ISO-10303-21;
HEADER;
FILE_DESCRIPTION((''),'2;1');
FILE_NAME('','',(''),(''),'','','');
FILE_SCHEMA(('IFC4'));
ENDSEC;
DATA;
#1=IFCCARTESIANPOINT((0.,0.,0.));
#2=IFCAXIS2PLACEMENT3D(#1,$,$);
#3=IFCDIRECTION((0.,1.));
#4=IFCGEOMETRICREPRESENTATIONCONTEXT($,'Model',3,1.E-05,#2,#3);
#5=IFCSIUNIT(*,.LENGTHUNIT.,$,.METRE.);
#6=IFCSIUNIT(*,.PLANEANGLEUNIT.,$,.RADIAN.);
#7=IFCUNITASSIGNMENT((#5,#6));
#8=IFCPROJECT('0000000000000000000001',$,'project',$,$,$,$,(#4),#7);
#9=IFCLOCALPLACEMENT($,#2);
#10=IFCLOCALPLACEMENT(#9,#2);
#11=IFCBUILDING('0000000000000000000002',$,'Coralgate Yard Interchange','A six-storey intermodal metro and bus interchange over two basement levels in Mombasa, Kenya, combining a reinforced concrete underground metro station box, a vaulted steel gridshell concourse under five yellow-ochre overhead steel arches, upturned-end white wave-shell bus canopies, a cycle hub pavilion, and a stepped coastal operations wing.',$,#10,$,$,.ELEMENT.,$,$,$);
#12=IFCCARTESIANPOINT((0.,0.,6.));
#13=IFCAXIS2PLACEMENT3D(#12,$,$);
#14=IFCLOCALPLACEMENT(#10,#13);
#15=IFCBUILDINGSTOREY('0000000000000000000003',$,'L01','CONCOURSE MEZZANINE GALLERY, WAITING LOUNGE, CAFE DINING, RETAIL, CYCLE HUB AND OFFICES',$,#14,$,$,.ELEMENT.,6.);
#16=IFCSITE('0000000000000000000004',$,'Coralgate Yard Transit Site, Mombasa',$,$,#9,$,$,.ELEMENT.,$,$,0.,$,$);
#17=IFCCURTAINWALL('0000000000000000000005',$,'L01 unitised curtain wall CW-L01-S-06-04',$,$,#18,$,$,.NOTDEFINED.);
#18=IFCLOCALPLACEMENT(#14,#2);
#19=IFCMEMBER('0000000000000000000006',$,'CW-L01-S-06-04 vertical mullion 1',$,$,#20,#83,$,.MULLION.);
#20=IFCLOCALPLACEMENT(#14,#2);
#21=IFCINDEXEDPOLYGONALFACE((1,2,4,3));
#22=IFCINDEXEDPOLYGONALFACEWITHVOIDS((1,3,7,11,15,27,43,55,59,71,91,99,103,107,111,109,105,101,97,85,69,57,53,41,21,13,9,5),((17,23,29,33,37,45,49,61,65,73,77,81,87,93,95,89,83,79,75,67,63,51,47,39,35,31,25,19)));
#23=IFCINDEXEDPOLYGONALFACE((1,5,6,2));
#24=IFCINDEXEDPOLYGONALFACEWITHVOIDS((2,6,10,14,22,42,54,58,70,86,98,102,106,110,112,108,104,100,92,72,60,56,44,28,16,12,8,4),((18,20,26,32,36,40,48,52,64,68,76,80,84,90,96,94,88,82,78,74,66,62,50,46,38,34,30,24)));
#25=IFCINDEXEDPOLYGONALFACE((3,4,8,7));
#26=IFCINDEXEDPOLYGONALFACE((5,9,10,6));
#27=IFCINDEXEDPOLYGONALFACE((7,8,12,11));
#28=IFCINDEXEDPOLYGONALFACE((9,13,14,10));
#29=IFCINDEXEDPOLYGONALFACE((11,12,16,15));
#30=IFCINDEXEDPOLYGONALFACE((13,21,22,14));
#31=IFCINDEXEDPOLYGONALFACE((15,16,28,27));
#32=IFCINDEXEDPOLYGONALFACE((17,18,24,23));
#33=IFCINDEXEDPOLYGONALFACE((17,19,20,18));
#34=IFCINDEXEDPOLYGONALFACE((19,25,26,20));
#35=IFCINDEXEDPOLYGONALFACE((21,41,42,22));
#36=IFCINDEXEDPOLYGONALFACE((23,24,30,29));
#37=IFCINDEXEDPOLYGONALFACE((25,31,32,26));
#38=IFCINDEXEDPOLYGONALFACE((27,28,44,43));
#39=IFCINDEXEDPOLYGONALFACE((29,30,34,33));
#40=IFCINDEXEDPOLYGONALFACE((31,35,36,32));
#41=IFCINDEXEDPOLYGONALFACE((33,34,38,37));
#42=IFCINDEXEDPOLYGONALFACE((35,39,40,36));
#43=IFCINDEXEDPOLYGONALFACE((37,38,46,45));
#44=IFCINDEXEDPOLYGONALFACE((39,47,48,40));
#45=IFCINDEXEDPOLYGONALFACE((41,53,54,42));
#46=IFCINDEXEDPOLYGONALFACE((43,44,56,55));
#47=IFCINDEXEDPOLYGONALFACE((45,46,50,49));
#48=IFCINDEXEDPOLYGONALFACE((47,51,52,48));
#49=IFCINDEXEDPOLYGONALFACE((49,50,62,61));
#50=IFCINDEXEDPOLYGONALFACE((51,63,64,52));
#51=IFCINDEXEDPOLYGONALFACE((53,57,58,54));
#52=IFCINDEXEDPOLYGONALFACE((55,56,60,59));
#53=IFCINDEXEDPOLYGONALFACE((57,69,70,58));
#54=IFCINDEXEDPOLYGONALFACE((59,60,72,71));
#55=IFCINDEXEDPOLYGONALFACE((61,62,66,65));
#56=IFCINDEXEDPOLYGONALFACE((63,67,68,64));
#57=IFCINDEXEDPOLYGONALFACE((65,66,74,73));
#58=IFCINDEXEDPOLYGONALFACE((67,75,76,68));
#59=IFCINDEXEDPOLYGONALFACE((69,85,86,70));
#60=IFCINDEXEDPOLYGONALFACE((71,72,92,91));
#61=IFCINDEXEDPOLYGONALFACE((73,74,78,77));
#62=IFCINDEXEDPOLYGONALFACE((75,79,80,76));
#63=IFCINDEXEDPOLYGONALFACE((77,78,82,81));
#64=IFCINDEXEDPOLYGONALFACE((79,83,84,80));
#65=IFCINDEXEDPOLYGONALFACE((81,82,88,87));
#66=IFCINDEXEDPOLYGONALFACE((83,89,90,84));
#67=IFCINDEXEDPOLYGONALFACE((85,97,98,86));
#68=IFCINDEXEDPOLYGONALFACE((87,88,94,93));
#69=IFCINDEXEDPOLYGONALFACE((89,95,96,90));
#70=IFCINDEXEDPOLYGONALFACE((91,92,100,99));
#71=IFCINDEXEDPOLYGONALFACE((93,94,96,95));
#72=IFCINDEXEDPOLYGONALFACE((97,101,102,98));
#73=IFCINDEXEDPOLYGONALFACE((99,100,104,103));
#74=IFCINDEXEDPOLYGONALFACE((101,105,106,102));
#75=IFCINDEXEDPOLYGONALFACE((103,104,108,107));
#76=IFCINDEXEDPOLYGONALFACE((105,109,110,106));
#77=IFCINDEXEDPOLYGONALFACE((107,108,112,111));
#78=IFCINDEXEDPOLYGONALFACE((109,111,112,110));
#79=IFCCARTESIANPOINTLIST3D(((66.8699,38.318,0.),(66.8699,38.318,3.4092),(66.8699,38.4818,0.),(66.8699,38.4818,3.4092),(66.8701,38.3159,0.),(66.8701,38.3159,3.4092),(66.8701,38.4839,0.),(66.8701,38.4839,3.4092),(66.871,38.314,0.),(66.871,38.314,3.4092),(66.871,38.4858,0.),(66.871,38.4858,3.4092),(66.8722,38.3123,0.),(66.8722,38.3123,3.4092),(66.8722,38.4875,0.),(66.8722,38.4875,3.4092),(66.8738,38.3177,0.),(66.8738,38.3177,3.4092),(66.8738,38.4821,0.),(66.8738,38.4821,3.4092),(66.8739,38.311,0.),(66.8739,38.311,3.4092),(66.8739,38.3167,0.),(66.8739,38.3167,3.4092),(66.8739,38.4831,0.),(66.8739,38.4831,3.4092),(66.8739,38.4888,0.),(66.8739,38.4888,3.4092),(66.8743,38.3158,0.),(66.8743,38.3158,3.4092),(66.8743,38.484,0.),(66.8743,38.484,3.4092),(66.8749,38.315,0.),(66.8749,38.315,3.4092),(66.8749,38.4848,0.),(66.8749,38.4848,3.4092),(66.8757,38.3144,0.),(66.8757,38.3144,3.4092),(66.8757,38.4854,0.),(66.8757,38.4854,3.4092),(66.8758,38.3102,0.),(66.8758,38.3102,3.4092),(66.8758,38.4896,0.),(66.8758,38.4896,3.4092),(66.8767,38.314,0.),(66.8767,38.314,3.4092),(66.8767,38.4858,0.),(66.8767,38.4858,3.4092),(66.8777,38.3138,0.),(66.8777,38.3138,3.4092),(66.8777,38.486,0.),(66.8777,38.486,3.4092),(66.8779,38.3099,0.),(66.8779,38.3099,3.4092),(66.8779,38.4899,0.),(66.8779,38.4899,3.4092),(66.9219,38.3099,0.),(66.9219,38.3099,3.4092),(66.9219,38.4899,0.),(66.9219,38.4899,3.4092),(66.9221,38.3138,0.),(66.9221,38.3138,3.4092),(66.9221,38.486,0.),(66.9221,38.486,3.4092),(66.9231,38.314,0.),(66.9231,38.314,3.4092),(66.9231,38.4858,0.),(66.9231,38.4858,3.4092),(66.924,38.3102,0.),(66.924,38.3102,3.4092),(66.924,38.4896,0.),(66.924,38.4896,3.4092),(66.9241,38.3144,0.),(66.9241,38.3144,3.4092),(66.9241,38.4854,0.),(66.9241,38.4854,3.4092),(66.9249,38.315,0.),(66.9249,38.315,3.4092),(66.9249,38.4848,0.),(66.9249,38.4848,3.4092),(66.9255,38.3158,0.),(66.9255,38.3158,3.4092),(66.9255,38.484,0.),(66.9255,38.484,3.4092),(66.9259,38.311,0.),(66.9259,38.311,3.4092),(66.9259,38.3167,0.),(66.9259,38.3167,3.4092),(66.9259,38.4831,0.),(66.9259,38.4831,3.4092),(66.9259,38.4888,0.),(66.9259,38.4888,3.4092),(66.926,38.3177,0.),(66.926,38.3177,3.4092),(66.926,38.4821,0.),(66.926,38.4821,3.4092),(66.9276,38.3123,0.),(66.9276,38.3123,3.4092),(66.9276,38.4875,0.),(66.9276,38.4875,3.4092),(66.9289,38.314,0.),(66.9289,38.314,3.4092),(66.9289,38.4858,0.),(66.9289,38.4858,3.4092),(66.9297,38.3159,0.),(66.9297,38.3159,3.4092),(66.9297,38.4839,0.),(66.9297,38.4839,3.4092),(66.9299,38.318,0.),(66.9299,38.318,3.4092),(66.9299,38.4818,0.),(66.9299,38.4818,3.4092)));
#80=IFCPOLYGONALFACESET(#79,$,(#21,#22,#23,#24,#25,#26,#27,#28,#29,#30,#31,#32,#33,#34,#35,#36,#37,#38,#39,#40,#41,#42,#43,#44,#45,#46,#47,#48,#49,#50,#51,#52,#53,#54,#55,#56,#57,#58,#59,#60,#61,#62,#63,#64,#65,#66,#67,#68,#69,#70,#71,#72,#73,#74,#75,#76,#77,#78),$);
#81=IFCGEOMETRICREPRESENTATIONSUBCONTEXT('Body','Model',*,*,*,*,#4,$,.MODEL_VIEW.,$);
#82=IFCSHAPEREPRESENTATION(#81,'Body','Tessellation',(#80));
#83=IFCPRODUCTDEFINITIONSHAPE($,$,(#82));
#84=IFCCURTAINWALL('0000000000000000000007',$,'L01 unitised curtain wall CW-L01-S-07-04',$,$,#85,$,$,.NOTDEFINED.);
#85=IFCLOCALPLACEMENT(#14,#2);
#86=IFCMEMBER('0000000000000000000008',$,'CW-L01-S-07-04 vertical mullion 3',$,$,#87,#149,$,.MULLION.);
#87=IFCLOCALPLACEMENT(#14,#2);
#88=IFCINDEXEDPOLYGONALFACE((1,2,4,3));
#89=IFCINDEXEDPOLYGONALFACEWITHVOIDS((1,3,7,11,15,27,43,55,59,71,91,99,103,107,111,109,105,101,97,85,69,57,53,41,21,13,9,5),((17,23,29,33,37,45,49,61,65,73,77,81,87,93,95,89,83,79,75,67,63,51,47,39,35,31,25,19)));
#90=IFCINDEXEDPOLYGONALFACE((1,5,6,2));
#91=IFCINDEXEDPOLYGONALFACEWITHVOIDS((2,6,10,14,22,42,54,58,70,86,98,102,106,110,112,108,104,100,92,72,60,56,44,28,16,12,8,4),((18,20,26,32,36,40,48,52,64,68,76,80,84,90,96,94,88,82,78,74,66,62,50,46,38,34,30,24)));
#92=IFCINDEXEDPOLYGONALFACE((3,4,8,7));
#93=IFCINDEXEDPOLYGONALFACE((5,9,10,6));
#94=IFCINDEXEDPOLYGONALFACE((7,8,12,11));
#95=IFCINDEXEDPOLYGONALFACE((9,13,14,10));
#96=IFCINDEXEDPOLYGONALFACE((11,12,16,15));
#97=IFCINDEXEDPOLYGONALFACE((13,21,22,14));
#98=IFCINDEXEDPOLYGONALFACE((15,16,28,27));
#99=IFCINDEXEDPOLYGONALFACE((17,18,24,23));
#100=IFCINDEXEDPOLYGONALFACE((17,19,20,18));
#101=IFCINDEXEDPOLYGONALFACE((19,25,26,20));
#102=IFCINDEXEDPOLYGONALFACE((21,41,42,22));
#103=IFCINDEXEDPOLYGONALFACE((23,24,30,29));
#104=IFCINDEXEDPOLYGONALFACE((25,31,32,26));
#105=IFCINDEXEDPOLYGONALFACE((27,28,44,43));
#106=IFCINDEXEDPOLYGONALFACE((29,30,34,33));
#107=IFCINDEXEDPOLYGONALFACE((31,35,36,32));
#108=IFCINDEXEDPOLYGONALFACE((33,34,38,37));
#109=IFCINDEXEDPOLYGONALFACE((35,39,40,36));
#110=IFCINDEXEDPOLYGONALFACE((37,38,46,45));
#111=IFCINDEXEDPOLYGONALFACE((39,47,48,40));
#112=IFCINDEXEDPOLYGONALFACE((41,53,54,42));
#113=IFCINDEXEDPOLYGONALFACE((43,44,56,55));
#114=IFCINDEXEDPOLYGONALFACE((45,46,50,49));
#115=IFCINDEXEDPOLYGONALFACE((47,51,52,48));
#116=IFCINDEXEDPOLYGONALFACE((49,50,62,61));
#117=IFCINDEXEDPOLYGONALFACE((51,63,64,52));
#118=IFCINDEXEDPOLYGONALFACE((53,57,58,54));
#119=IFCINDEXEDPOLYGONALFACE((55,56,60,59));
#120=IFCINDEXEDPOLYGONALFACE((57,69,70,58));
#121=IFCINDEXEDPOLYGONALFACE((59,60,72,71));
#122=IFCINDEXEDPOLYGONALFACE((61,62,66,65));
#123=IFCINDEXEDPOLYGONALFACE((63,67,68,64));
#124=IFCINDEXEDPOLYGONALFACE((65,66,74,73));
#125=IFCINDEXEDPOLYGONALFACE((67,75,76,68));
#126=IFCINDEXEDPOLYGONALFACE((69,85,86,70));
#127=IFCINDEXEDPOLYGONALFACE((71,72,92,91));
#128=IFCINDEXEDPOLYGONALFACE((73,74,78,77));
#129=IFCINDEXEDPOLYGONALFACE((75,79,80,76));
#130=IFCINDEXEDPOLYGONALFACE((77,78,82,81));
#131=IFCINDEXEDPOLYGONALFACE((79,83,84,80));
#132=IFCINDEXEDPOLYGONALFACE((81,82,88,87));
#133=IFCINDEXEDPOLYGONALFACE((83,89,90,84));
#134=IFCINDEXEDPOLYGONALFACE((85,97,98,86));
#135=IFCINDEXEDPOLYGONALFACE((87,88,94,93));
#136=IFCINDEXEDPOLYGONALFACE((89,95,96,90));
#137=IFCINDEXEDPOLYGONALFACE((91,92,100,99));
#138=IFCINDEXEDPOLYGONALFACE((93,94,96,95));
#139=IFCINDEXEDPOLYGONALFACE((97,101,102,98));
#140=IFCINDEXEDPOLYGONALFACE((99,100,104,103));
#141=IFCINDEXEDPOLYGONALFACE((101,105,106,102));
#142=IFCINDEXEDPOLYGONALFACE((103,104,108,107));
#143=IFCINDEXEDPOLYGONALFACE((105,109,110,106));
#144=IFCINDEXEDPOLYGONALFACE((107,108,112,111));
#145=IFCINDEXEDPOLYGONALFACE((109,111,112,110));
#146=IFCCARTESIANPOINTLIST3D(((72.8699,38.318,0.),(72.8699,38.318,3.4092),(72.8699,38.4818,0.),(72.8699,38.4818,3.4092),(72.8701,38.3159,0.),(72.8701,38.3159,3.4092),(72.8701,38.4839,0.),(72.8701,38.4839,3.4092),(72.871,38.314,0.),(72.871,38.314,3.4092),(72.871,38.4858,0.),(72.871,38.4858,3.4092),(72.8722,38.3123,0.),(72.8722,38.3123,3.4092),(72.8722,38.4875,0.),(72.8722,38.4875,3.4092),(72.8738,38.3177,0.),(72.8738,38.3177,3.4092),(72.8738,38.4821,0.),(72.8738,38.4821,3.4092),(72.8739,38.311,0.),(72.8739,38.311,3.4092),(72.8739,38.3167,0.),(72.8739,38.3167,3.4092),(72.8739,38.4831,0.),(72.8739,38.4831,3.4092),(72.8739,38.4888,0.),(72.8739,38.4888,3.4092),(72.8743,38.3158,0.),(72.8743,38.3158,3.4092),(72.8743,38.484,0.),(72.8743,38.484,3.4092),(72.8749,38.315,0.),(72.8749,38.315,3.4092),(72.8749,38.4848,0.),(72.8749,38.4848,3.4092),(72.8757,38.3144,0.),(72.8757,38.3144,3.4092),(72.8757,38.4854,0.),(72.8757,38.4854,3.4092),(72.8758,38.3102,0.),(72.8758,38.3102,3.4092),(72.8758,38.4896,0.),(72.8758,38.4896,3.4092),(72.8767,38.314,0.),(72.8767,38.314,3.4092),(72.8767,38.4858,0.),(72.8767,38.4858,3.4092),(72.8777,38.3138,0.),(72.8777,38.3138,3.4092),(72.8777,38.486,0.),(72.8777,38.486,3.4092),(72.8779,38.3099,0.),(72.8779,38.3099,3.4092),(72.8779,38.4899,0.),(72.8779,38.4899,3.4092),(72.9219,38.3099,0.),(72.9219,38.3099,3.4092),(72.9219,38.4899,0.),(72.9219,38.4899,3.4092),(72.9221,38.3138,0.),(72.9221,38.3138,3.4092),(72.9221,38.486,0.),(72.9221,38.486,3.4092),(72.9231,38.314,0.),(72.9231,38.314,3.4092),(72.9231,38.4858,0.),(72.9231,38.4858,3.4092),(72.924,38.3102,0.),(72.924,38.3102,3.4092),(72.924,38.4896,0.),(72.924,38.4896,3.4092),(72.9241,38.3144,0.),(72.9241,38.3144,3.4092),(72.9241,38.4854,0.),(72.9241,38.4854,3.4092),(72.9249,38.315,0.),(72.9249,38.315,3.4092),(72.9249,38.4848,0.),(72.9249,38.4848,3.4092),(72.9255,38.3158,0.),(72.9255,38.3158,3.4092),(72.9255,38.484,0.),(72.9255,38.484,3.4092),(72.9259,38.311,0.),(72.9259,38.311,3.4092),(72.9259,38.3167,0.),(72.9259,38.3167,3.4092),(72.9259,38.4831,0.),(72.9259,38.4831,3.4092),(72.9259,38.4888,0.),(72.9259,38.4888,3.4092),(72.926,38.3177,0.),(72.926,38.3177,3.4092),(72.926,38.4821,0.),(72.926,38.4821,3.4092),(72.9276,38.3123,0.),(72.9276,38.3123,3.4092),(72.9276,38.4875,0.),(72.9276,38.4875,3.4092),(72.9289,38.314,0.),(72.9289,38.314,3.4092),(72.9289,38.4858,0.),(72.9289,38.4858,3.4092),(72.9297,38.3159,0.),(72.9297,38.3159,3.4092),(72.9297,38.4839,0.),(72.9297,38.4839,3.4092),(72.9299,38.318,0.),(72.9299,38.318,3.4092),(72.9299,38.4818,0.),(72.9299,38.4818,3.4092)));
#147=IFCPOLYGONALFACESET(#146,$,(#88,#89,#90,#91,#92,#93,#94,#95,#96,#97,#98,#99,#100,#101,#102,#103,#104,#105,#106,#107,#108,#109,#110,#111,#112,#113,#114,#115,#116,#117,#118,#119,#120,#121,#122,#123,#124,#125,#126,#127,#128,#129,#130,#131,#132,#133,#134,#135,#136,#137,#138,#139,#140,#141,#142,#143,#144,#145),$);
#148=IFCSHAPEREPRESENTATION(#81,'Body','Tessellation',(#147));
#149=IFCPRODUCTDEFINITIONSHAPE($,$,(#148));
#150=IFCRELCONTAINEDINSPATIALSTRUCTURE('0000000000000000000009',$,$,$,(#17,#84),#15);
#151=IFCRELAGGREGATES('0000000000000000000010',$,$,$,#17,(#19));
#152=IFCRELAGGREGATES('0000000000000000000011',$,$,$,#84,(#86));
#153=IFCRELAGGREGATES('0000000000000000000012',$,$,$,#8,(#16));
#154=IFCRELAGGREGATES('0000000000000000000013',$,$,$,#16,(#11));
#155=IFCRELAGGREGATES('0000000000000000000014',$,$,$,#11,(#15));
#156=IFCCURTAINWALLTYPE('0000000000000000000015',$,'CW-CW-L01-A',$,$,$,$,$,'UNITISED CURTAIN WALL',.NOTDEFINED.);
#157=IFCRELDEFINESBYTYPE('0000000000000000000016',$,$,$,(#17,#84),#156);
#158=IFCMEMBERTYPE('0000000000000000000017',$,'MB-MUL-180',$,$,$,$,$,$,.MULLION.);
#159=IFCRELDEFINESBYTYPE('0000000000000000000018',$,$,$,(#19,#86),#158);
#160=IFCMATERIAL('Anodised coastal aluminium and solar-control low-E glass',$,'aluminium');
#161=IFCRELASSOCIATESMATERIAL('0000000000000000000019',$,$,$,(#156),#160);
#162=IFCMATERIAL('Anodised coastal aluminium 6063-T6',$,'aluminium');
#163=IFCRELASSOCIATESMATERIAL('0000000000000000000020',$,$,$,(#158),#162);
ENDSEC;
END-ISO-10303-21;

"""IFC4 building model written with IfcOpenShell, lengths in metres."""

from ifc_helpers import new_model, si_unit, direction, frame, origin, origin_2d, place, context, subcontext, project, spatial, hollow_rectangle, extrude, material, material_profile, profile_set, type_object, element, aggregate, save


model = new_model("IFC4")

# Units and contexts
model_context = context("Model", 3, precision=1e-05, world=origin(), true_north=direction((0.0, 1.0)))
body_context = subcontext(model_context, "Body", "Model", "MODEL_VIEW")
ifc_project = project(units=[si_unit("LENGTHUNIT", "METRE"), si_unit("PLANEANGLEUNIT", "RADIAN")], contexts=[model_context])

# Site, building, storey
site_placement = place(None, origin())
site = spatial("IfcSite", under=ifc_project, at=site_placement, Name="Coralgate Yard Transit Site, Mombasa", CompositionType="ELEMENT", RefElevation=0.0)
building_placement = place(site_placement, origin())
building = spatial("IfcBuilding", under=site, at=building_placement, Name="Coralgate Yard Interchange", Description="A six-storey intermodal metro and bus interchange over two basement levels in Mombasa, Kenya, combining a reinforced concrete underground metro station box, a vaulted steel gridshell concourse under five yellow-ochre overhead steel arches, upturned-end white wave-shell bus canopies, a cycle hub pavilion, and a stepped coastal operations wing.", CompositionType="ELEMENT")
storey_placement = place(building_placement, frame((0.0, 0.0, 6.0)))
storey = spatial("IfcBuildingStorey", under=building, at=storey_placement, Name="L01", Description="CONCOURSE MEZZANINE GALLERY, WAITING LOUNGE, CAFE DINING, RETAIL, CYCLE HUB AND OFFICES", CompositionType="ELEMENT", Elevation=6.0)

# Curtain wall, member
ifc_material_1 = material(Name="Anodised coastal aluminium and solar-control low-E glass", Category="aluminium")
curtain_wall_type = type_object("IfcCurtainWallType", Name="CW-CW-L01-A", ElementType="UNITISED CURTAIN WALL", PredefinedType="NOTDEFINED", material=ifc_material_1)
curtain_wall_1_placement = place(storey_placement, origin())
curtain_wall_1 = element("IfcCurtainWall", 1, at=curtain_wall_1_placement, inside=storey, type_object=curtain_wall_type, Name="L01 unitised curtain wall CW-L01-S-06-04", PredefinedType="NOTDEFINED")
ifc_material_2 = material(Name="Anodised coastal aluminium 6063-T6", Category="aluminium")
ifc_material_profile_1 = material_profile(ifc_material_2, hollow_rectangle(XDim=0.0601, YDim=0.1799, WallThickness=0.0039, InnerFilletRadius=0.0039, OuterFilletRadius=0.0081, at=origin_2d()), Name="ALU 60x180x4")
ifc_profile_set_1 = profile_set([ifc_material_profile_1], Name="Anodised coastal aluminium 6063-T6")
member_type_1 = type_object("IfcMemberType", Name="MB-MUL-180", PredefinedType="MULLION", material=ifc_profile_set_1)
member_1_placement = place(storey_placement, frame((66.8999, 38.3999, 0.0), z_axis=(0.0, 0.0, 1.0), x_axis=(1.0, 0.0, 0.0)))
member_1 = element("IfcMember", 2, at=member_1_placement, type_object=member_type_1, Name="CW-L01-S-06-04 vertical mullion 1", PredefinedType="MULLION", context=body_context, shape_type="SweptSolid", body=[
    extrude(hollow_rectangle(XDim=0.0601, YDim=0.1799, WallThickness=0.0039, InnerFilletRadius=0.0039, OuterFilletRadius=0.0081, at=origin_2d()), origin(), (0.0, 0.0, 1.0), 3.4092),
])

# Curtain wall, member
curtain_wall_2_placement = place(storey_placement, origin())
curtain_wall_2 = element("IfcCurtainWall", 3, at=curtain_wall_2_placement, inside=storey, type_object=curtain_wall_type, Name="L01 unitised curtain wall CW-L01-S-07-04", PredefinedType="NOTDEFINED")
member_2_placement = place(storey_placement, frame((72.8999, 38.3999, 0.0), z_axis=(0.0, 0.0, 1.0), x_axis=(1.0, 0.0, 0.0)))
member_2 = element("IfcMember", 4, at=member_2_placement, type_object=member_type_1, Name="CW-L01-S-07-04 vertical mullion 3", PredefinedType="MULLION", context=body_context, shape_type="SweptSolid", body=[
    extrude(hollow_rectangle(XDim=0.0601, YDim=0.1799, WallThickness=0.0039, InnerFilletRadius=0.0039, OuterFilletRadius=0.0081, at=origin_2d()), origin(), (0.0, 0.0, 1.0), 3.4092),
])

aggregate(curtain_wall_1, [member_1])
aggregate(curtain_wall_2, [member_2])

save(model, "model.ifc")
